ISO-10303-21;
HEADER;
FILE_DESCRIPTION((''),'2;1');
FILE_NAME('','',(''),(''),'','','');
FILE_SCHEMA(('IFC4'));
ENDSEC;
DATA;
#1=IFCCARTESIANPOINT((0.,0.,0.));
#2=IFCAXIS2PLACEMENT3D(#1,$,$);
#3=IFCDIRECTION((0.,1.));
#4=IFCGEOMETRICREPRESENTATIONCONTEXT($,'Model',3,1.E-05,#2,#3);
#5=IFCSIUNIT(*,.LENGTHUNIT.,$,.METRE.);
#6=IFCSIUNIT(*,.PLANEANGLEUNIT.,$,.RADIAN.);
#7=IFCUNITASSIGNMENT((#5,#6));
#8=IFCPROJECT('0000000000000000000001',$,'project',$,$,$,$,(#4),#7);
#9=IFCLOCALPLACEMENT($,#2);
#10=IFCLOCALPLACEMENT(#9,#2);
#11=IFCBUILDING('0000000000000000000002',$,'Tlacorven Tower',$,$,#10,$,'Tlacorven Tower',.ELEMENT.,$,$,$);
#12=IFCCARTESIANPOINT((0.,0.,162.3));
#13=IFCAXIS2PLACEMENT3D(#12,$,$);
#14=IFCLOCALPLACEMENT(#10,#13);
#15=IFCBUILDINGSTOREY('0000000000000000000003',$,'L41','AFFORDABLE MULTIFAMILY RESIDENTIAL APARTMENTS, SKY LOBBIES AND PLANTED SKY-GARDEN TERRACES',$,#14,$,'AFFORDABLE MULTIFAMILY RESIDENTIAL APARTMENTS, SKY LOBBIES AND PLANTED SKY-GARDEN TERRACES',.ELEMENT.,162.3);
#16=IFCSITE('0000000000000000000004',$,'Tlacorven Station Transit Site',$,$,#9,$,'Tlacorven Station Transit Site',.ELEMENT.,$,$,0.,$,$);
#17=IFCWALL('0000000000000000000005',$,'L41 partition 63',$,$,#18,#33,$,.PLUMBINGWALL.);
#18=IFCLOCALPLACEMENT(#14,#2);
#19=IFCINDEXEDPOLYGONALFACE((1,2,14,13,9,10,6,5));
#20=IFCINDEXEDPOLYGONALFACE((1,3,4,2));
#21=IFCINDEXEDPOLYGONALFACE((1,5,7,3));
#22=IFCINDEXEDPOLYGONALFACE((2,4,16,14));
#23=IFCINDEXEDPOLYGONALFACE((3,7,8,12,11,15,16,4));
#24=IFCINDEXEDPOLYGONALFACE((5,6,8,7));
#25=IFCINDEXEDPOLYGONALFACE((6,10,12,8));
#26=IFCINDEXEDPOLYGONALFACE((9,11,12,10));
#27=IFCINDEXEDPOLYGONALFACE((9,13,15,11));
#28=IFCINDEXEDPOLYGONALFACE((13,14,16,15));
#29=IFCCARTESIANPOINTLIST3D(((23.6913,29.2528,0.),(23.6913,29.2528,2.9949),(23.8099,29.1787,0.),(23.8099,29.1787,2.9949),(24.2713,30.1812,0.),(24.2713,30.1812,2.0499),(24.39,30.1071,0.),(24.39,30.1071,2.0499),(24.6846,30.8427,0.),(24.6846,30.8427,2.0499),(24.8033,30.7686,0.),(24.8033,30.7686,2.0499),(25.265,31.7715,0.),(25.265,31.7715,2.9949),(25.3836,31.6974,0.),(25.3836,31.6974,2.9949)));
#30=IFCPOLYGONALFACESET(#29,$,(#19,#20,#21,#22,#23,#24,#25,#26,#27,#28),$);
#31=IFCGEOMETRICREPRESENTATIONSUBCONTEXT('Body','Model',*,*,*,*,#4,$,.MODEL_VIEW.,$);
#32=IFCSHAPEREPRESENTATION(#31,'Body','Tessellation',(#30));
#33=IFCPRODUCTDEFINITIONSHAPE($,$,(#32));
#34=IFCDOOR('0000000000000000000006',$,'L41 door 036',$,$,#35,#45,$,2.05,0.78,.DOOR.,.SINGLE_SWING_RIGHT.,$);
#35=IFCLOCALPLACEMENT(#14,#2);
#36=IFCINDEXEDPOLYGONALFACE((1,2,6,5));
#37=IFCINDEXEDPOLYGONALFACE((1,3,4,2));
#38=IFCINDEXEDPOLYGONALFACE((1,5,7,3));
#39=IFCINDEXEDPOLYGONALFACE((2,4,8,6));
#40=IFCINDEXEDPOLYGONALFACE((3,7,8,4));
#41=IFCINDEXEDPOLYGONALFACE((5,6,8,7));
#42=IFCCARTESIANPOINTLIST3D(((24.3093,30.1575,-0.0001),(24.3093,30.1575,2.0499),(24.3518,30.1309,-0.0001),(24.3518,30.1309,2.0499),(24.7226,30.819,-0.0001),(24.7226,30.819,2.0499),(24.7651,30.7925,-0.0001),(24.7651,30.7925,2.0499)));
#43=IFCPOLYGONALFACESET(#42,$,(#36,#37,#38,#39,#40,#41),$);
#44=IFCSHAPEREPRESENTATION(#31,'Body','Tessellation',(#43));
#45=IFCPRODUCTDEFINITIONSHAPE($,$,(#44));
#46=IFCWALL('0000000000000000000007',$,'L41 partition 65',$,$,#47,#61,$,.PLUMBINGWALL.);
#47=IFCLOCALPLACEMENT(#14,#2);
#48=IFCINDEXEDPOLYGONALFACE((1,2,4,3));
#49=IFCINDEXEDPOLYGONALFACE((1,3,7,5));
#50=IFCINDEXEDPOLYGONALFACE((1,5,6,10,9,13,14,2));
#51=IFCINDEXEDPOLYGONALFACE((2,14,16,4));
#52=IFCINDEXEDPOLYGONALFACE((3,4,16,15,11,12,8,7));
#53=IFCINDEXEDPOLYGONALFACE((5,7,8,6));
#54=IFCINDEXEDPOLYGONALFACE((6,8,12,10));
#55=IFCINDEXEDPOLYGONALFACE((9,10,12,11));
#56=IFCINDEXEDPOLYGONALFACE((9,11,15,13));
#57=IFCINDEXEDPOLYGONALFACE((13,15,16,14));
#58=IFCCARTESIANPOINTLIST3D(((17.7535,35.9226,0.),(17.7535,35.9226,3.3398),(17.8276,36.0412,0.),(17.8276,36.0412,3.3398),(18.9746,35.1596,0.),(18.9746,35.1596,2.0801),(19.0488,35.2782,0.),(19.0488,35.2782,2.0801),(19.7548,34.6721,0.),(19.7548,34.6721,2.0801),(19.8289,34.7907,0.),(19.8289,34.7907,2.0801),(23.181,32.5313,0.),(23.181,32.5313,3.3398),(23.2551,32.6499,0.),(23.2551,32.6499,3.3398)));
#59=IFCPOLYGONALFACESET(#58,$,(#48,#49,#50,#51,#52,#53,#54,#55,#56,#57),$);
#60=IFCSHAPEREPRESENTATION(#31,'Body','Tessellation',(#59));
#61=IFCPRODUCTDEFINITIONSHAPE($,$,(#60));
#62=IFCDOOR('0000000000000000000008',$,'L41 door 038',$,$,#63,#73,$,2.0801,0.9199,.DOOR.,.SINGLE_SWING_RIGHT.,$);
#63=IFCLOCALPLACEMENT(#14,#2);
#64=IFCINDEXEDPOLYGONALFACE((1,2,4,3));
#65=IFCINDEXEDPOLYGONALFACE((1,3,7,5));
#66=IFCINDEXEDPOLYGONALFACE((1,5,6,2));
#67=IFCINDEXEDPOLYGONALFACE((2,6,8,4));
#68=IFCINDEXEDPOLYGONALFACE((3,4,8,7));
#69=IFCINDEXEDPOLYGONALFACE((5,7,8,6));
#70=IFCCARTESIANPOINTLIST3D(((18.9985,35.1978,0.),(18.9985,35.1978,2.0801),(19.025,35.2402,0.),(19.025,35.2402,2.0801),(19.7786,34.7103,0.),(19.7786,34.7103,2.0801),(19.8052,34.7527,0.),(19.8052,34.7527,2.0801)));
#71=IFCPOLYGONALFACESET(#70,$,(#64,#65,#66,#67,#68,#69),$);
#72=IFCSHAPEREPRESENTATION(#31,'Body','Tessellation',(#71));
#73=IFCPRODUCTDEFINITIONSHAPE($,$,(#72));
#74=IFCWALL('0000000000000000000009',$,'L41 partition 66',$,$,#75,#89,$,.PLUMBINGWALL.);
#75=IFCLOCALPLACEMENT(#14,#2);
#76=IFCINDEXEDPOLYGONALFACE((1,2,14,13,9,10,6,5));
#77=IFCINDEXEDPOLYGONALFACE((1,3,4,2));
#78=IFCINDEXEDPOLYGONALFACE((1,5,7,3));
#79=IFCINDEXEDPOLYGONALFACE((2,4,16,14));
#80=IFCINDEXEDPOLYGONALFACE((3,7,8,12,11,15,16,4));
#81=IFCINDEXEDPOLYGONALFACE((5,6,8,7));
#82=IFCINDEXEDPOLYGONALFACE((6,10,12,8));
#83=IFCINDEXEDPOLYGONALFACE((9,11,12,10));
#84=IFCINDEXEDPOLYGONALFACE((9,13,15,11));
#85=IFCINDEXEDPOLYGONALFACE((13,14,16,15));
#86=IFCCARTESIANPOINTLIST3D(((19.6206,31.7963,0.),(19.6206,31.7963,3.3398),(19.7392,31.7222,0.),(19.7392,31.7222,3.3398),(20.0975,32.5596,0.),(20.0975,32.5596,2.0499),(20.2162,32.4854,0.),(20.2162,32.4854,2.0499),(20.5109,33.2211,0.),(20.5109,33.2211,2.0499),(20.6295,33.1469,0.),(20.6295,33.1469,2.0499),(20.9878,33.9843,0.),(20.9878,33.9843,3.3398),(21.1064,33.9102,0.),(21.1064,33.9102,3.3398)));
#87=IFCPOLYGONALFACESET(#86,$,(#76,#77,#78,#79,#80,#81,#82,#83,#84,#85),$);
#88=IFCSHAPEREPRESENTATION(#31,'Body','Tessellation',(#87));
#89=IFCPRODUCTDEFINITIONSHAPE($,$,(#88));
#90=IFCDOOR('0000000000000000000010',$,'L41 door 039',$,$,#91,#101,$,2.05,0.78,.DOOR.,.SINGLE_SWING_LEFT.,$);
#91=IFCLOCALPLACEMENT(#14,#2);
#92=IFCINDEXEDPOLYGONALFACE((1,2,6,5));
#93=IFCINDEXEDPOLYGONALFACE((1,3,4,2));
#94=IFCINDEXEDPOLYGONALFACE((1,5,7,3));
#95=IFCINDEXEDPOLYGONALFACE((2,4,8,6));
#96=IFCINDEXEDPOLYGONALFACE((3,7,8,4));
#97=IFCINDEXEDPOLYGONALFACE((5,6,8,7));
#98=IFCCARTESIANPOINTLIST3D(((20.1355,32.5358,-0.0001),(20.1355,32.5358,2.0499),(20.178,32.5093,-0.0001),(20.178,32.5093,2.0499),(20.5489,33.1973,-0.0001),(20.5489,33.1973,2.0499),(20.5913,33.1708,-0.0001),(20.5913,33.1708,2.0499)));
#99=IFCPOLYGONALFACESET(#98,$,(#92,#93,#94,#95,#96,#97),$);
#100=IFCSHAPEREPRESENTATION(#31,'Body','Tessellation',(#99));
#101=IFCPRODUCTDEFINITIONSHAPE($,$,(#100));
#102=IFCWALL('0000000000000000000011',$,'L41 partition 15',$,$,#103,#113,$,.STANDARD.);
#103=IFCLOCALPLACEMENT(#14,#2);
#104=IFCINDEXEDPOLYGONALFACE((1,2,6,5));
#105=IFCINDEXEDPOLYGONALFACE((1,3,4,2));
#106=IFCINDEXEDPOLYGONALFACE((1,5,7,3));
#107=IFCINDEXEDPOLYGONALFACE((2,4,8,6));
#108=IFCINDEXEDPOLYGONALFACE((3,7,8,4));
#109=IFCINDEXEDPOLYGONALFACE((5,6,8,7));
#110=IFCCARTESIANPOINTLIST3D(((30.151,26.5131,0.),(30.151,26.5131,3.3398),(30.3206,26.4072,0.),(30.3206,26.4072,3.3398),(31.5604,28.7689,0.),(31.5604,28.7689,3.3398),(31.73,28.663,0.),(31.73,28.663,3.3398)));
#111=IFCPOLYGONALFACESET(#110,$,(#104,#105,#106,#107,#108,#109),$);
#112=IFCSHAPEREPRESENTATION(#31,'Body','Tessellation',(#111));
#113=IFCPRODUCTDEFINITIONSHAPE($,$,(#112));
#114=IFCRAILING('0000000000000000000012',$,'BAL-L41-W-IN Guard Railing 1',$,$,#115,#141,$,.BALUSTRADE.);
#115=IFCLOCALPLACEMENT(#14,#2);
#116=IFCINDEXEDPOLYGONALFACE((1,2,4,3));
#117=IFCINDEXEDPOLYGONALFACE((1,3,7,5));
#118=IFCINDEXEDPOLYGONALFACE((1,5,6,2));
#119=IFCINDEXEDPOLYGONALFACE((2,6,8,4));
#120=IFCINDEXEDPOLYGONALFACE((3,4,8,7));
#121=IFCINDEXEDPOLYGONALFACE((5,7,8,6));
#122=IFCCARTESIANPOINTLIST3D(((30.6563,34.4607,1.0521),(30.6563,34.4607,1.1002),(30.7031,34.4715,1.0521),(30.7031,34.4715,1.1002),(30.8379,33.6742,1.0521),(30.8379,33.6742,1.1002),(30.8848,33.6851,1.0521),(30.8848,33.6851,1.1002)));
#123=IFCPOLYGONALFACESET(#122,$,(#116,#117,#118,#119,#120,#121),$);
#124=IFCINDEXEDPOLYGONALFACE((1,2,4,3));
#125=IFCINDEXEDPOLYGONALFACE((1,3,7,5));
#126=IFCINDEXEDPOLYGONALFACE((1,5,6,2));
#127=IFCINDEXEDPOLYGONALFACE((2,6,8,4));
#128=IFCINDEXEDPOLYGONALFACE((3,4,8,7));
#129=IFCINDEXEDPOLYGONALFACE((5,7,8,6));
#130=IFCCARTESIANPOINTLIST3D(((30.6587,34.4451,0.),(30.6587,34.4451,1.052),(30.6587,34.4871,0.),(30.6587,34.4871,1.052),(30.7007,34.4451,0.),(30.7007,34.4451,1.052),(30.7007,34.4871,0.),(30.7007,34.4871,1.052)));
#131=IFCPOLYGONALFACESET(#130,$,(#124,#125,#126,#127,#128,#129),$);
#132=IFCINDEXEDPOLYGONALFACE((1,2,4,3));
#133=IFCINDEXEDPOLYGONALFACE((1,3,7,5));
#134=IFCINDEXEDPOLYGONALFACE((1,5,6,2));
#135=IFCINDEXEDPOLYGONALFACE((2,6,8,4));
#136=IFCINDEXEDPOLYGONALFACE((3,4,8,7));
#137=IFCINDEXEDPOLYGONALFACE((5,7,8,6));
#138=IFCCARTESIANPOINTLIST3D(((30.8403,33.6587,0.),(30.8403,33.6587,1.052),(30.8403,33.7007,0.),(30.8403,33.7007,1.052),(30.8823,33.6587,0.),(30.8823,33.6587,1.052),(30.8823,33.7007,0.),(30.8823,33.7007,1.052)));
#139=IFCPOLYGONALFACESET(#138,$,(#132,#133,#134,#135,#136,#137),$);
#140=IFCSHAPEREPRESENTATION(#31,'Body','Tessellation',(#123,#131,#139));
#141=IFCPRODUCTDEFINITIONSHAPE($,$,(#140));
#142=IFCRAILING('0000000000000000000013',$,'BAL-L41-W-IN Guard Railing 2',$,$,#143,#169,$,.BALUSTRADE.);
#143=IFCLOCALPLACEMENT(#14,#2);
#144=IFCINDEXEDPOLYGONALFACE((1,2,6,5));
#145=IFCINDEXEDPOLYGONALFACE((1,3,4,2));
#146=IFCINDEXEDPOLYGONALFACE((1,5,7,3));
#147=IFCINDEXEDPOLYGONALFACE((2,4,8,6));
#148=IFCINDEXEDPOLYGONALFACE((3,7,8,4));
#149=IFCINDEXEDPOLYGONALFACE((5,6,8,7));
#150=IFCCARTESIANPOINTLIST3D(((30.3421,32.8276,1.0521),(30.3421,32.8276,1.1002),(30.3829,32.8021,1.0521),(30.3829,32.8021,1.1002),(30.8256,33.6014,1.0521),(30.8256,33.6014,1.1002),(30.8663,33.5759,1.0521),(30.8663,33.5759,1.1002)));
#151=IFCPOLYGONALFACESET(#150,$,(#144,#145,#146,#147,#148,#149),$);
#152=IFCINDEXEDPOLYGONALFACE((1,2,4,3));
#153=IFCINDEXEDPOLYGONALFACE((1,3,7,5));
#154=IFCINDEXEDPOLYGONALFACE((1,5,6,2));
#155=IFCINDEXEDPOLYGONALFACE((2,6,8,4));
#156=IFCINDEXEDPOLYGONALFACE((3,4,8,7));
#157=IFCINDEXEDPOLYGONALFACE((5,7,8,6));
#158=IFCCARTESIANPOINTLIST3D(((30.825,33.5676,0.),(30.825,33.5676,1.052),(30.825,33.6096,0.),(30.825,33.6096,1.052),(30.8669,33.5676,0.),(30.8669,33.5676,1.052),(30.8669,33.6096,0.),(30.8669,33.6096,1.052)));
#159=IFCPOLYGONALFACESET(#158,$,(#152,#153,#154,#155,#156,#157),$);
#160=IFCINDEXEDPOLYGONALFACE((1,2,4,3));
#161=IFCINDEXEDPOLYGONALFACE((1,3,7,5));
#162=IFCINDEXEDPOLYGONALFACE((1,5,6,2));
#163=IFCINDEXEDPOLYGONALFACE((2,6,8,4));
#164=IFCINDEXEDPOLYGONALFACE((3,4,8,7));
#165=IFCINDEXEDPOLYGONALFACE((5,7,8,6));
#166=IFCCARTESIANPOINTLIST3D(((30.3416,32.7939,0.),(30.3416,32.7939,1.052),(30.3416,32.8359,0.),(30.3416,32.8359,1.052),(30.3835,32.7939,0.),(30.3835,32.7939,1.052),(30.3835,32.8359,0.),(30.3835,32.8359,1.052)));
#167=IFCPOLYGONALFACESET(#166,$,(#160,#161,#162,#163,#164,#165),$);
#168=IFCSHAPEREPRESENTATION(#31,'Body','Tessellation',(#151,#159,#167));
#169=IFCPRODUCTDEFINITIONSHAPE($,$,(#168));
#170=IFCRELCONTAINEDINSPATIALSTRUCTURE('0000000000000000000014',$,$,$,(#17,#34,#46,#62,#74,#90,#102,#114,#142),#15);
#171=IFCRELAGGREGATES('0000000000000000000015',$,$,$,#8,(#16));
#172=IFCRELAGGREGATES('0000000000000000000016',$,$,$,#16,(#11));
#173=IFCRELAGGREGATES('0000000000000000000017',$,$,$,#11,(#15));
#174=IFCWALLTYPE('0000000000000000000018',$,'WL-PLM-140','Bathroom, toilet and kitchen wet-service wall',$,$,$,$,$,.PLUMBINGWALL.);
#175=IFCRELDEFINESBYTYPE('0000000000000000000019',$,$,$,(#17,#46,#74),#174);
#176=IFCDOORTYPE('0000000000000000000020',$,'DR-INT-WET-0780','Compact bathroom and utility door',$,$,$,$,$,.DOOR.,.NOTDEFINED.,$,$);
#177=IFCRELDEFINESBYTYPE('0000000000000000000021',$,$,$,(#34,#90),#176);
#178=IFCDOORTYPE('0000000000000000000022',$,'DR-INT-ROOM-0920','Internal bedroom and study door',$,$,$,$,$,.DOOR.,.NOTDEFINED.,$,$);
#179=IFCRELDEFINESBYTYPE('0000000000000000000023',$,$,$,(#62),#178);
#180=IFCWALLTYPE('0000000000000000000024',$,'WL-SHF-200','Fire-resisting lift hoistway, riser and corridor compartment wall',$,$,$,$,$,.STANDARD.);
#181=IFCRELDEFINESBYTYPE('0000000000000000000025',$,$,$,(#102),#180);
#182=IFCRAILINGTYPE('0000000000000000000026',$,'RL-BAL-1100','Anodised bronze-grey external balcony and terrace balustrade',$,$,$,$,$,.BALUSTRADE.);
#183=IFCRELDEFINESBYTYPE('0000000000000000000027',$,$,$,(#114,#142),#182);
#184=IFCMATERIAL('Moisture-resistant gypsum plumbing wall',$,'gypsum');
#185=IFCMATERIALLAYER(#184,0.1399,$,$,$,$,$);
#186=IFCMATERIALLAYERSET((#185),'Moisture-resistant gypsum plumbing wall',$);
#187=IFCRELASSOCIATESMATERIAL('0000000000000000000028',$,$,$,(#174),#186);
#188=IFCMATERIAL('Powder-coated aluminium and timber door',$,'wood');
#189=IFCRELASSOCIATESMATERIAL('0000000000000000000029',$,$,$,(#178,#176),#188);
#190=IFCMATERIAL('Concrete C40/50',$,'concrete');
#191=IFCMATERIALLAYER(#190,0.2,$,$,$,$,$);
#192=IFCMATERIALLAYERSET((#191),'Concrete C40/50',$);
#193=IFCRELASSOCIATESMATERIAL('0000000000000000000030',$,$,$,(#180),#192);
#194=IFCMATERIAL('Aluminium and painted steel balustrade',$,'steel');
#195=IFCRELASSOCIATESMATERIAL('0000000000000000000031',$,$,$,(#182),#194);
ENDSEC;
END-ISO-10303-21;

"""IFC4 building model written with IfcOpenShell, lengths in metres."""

from ifc_helpers import new_model, si_unit, direction, frame, frame_2d, origin, origin_2d, place, context, subcontext, project, spatial, rectangle, extrude, source, transform, mapped, material, layer, layer_set, type_object, element, fill, save


model = new_model("IFC4")

# Units and contexts
model_context = context("Model", 3, precision=1e-05, world=origin(), true_north=direction((0.0, 1.0)))
body_context = subcontext(model_context, "Body", "Model", "MODEL_VIEW")
ifc_project = project(units=[si_unit("LENGTHUNIT", "METRE"), si_unit("PLANEANGLEUNIT", "RADIAN")], contexts=[model_context])

# Site, building, storey
site_placement = place(None, origin())
site = spatial("IfcSite", under=ifc_project, at=site_placement, Name="Tlacorven Station Transit Site", LongName="Tlacorven Station Transit Site", CompositionType="ELEMENT", RefElevation=0.0)
building_placement = place(site_placement, origin())
building = spatial("IfcBuilding", under=site, at=building_placement, Name="Tlacorven Tower", LongName="Tlacorven Tower", CompositionType="ELEMENT")
storey_placement = place(building_placement, frame((0.0, 0.0, 162.3)))
storey = spatial("IfcBuildingStorey", under=building, at=storey_placement, Name="L41", Description="AFFORDABLE MULTIFAMILY RESIDENTIAL APARTMENTS, SKY LOBBIES AND PLANTED SKY-GARDEN TERRACES", LongName="AFFORDABLE MULTIFAMILY RESIDENTIAL APARTMENTS, SKY LOBBIES AND PLANTED SKY-GARDEN TERRACES", CompositionType="ELEMENT", Elevation=162.3)

# Walls, openings, doors
ifc_material_1 = material(Name="Moisture-resistant gypsum plumbing wall", Category="gypsum")
ifc_layer_1 = layer(ifc_material_1, 0.1399)
ifc_layer_set_1 = layer_set([ifc_layer_1], Name="Moisture-resistant gypsum plumbing wall")
wall_type_1 = type_object("IfcWallType", Name="WL-PLM-140", Description="Bathroom, toilet and kitchen wet-service wall", PredefinedType="PLUMBINGWALL", material=ifc_layer_set_1)
ifc_material_2 = material(Name="Powder-coated aluminium and timber door", Category="wood")
door_type_1 = type_object("IfcDoorType", Name="DR-INT-ROOM-0920", Description="Internal bedroom and study door", OperationType="NOTDEFINED", PredefinedType="DOOR", material=ifc_material_2)
shared_shape_1 = source(origin(), body_context, "Body", "SweptSolid", [
    extrude(rectangle(XDim=0.9199, YDim=2.0801, at=frame_2d((0.46, 1.04))), frame((0.0, 0.0249, 0.0), z_axis=(0.0, -1.0, 0.0), x_axis=(1.0, 0.0, 0.0)), (0.0, 0.0, 1.0), 0.05),
])
wall_1_placement = place(storey_placement, frame((25.3242, 31.7344, 0.0), z_axis=(0.0, 0.0, 1.0), x_axis=(-0.529873, -0.848077, 0.0)))
wall_1 = element("IfcWall", 1, at=wall_1_placement, inside=storey, type_object=wall_type_1, Name="L41 partition 63", PredefinedType="PLUMBINGWALL", context=body_context, shape_type="SweptSolid", body=[
    extrude(rectangle(XDim=2.97, YDim=0.1399, at=frame_2d((1.4849, 0.0))), origin(), (0.0, 0.0, 1.0), 2.9949),
])
opening_1_placement = place(wall_1_placement, frame((1.095, 0.0, 0.0)))
opening_1 = element("IfcOpeningElement", 2, at=opening_1_placement, cuts=wall_1, PredefinedType="OPENING", context=body_context, shape_type="SweptSolid", body=[
    extrude(rectangle(XDim=0.78, YDim=2.05, at=frame_2d((0.3901, 1.0249))), frame((0.0, 0.0801, 0.0), z_axis=(0.0, -1.0, 0.0), x_axis=(1.0, 0.0, 0.0)), (0.0, 0.0, 1.0), 0.1599),
])
door_type_2 = type_object("IfcDoorType", Name="DR-INT-WET-0780", Description="Compact bathroom and utility door", OperationType="NOTDEFINED", PredefinedType="DOOR", material=ifc_material_2)
shared_shape_2 = source(origin(), body_context, "Body", "SweptSolid", [
    extrude(rectangle(XDim=0.78, YDim=2.05, at=frame_2d((0.3901, 1.0249))), frame((0.0, 0.0249, 0.0), z_axis=(0.0, -1.0, 0.0), x_axis=(1.0, 0.0, 0.0)), (0.0, 0.0, 1.0), 0.05),
])
door_1_placement = place(opening_1_placement, origin())
door_1 = element("IfcDoor", 3, at=door_1_placement, inside=storey, type_object=door_type_2, Name="L41 door 036", OperationType="SINGLE_SWING_RIGHT", OverallHeight=2.05, OverallWidth=0.78, PredefinedType="DOOR", context=body_context, shape_type="MappedRepresentation", body=[
    mapped(shared_shape_2, transform((0.0, 0.0, 0.0), scale=1.0)),
])
fill(opening_1, door_1)
wall_2_placement = place(storey_placement, frame((23.218, 32.5906, 0.0), z_axis=(0.0, 0.0, 1.0), x_axis=(-0.848056, 0.529906, 0.0)))
wall_2 = element("IfcWall", 4, at=wall_2_placement, inside=storey, type_object=wall_type_1, Name="L41 partition 65", PredefinedType="PLUMBINGWALL", context=body_context, shape_type="SweptSolid", body=[
    extrude(rectangle(XDim=6.3999, YDim=0.1399, at=frame_2d((3.2, 0.0))), origin(), (0.0, 0.0, 1.0), 3.3398),
])
opening_2_placement = place(wall_2_placement, frame((4.04, 0.0, 0.0)))
opening_2 = element("IfcOpeningElement", 5, at=opening_2_placement, cuts=wall_2, PredefinedType="OPENING", context=body_context, shape_type="SweptSolid", body=[
    extrude(rectangle(XDim=0.9199, YDim=2.0801, at=frame_2d((0.46, 1.04))), frame((0.0, 0.0801, 0.0), z_axis=(0.0, -1.0, 0.0), x_axis=(1.0, 0.0, 0.0)), (0.0, 0.0, 1.0), 0.1599),
])
door_2_placement = place(opening_2_placement, origin())
door_2 = element("IfcDoor", 6, at=door_2_placement, inside=storey, type_object=door_type_1, Name="L41 door 038", OperationType="SINGLE_SWING_RIGHT", OverallHeight=2.0801, OverallWidth=0.9199, PredefinedType="DOOR", context=body_context, shape_type="MappedRepresentation", body=[
    mapped(shared_shape_1, transform((0.0, 0.0, 0.0), scale=1.0)),
])
fill(opening_2, door_2)
wall_3_placement = place(storey_placement, frame((21.0471, 33.9473, 0.0), z_axis=(0.0, 0.0, 1.0), x_axis=(-0.529914, -0.848051, 0.0)))
wall_3 = element("IfcWall", 7, at=wall_3_placement, inside=storey, type_object=wall_type_1, Name="L41 partition 66", PredefinedType="PLUMBINGWALL", context=body_context, shape_type="SweptSolid", body=[
    extrude(rectangle(XDim=2.5801, YDim=0.1399, at=frame_2d((1.29, 0.0))), origin(), (0.0, 0.0, 1.0), 3.3398),
])
opening_3_placement = place(wall_3_placement, frame((0.8999, 0.0, 0.0)))
opening_3 = element("IfcOpeningElement", 8, at=opening_3_placement, cuts=wall_3, PredefinedType="OPENING", context=body_context, shape_type="SweptSolid", body=[
    extrude(rectangle(XDim=0.78, YDim=2.05, at=frame_2d((0.3901, 1.0249))), frame((0.0, 0.0801, 0.0), z_axis=(0.0, -1.0, 0.0), x_axis=(1.0, 0.0, 0.0)), (0.0, 0.0, 1.0), 0.1599),
])
door_3_placement = place(opening_3_placement, origin())
door_3 = element("IfcDoor", 9, at=door_3_placement, inside=storey, type_object=door_type_2, Name="L41 door 039", OperationType="SINGLE_SWING_LEFT", OverallHeight=2.05, OverallWidth=0.78, PredefinedType="DOOR", context=body_context, shape_type="MappedRepresentation", body=[
    mapped(shared_shape_2, transform((0.0, 0.0, 0.0), scale=1.0)),
])
fill(opening_3, door_3)

# Wall
ifc_material_3 = material(Name="Concrete C40/50", Category="concrete")
ifc_layer_2 = layer(ifc_material_3, 0.2)
ifc_layer_set_2 = layer_set([ifc_layer_2], Name="Concrete C40/50")
wall_type_2 = type_object("IfcWallType", Name="WL-SHF-200", Description="Fire-resisting lift hoistway, riser and corridor compartment wall", PredefinedType="STANDARD", material=ifc_layer_set_2)
wall_4_placement = place(storey_placement, frame((31.6453, 28.7161, 0.0), z_axis=(0.0, 0.0, 1.0), x_axis=(-0.529867, -0.848081, 0.0)))
element("IfcWall", 10, at=wall_4_placement, inside=storey, type_object=wall_type_2, Name="L41 partition 15", PredefinedType="STANDARD", context=body_context, shape_type="SweptSolid", body=[
    extrude(rectangle(XDim=2.6599, YDim=0.2, at=frame_2d((1.3301, 0.0))), origin(), (0.0, 0.0, 1.0), 3.3398),
])

# Railings
ifc_material_4 = material(Name="Aluminium and painted steel balustrade", Category="steel")
railing_type = type_object("IfcRailingType", Name="RL-BAL-1100", Description="Anodised bronze-grey external balcony and terrace balustrade", PredefinedType="BALUSTRADE", material=ifc_material_4)
shared_shape_3 = source(origin(), body_context, "Body", "SweptSolid", [
    extrude(rectangle(XDim=0.0481, YDim=0.0481, at=origin_2d()), frame((0.0, 0.0, 1.0762), z_axis=(0.225058, -0.974345, 0.0), x_axis=(0.974345, 0.225058, 0.0)), (0.0, 0.0, 1.0), 0.8071),
    extrude(rectangle(XDim=0.042, YDim=0.042, at=origin_2d()), origin(), (0.0, 0.0, 1.0), 1.052),
    extrude(rectangle(XDim=0.042, YDim=0.042, at=origin_2d()), frame((0.1816, -0.7864, 0.0)), (0.0, 0.0, 1.0), 1.052),
])
railing_1_placement = place(storey_placement, frame((30.6797, 34.4661, 0.0)))
element("IfcRailing", 11, at=railing_1_placement, inside=storey, type_object=railing_type, Name="BAL-L41-W-IN Guard Railing 1", PredefinedType="BALUSTRADE", context=body_context, shape_type="MappedRepresentation", body=[
    mapped(shared_shape_3, transform((0.0, 0.0, 0.0), scale=1.0)),
])
shared_shape_4 = source(origin(), body_context, "Body", "SweptSolid", [
    extrude(rectangle(XDim=0.0481, YDim=0.0481, at=origin_2d()), frame((0.0, 0.0, 1.0762), z_axis=(-0.529879, -0.848073, 0.0), x_axis=(0.848073, -0.529879, 0.0)), (0.0, 0.0, 1.0), 0.9124),
    extrude(rectangle(XDim=0.042, YDim=0.042, at=origin_2d()), origin(), (0.0, 0.0, 1.0), 1.052),
    extrude(rectangle(XDim=0.042, YDim=0.042, at=origin_2d()), frame((-0.4834, -0.7737, 0.0)), (0.0, 0.0, 1.0), 1.052),
])
railing_2_placement = place(storey_placement, frame((30.8459, 33.5886, 0.0)))
element("IfcRailing", 12, at=railing_2_placement, inside=storey, type_object=railing_type, Name="BAL-L41-W-IN Guard Railing 2", PredefinedType="BALUSTRADE", context=body_context, shape_type="MappedRepresentation", body=[
    mapped(shared_shape_4, transform((0.0, 0.0, 0.0), scale=1.0)),
])

save(model, "model.ifc")
